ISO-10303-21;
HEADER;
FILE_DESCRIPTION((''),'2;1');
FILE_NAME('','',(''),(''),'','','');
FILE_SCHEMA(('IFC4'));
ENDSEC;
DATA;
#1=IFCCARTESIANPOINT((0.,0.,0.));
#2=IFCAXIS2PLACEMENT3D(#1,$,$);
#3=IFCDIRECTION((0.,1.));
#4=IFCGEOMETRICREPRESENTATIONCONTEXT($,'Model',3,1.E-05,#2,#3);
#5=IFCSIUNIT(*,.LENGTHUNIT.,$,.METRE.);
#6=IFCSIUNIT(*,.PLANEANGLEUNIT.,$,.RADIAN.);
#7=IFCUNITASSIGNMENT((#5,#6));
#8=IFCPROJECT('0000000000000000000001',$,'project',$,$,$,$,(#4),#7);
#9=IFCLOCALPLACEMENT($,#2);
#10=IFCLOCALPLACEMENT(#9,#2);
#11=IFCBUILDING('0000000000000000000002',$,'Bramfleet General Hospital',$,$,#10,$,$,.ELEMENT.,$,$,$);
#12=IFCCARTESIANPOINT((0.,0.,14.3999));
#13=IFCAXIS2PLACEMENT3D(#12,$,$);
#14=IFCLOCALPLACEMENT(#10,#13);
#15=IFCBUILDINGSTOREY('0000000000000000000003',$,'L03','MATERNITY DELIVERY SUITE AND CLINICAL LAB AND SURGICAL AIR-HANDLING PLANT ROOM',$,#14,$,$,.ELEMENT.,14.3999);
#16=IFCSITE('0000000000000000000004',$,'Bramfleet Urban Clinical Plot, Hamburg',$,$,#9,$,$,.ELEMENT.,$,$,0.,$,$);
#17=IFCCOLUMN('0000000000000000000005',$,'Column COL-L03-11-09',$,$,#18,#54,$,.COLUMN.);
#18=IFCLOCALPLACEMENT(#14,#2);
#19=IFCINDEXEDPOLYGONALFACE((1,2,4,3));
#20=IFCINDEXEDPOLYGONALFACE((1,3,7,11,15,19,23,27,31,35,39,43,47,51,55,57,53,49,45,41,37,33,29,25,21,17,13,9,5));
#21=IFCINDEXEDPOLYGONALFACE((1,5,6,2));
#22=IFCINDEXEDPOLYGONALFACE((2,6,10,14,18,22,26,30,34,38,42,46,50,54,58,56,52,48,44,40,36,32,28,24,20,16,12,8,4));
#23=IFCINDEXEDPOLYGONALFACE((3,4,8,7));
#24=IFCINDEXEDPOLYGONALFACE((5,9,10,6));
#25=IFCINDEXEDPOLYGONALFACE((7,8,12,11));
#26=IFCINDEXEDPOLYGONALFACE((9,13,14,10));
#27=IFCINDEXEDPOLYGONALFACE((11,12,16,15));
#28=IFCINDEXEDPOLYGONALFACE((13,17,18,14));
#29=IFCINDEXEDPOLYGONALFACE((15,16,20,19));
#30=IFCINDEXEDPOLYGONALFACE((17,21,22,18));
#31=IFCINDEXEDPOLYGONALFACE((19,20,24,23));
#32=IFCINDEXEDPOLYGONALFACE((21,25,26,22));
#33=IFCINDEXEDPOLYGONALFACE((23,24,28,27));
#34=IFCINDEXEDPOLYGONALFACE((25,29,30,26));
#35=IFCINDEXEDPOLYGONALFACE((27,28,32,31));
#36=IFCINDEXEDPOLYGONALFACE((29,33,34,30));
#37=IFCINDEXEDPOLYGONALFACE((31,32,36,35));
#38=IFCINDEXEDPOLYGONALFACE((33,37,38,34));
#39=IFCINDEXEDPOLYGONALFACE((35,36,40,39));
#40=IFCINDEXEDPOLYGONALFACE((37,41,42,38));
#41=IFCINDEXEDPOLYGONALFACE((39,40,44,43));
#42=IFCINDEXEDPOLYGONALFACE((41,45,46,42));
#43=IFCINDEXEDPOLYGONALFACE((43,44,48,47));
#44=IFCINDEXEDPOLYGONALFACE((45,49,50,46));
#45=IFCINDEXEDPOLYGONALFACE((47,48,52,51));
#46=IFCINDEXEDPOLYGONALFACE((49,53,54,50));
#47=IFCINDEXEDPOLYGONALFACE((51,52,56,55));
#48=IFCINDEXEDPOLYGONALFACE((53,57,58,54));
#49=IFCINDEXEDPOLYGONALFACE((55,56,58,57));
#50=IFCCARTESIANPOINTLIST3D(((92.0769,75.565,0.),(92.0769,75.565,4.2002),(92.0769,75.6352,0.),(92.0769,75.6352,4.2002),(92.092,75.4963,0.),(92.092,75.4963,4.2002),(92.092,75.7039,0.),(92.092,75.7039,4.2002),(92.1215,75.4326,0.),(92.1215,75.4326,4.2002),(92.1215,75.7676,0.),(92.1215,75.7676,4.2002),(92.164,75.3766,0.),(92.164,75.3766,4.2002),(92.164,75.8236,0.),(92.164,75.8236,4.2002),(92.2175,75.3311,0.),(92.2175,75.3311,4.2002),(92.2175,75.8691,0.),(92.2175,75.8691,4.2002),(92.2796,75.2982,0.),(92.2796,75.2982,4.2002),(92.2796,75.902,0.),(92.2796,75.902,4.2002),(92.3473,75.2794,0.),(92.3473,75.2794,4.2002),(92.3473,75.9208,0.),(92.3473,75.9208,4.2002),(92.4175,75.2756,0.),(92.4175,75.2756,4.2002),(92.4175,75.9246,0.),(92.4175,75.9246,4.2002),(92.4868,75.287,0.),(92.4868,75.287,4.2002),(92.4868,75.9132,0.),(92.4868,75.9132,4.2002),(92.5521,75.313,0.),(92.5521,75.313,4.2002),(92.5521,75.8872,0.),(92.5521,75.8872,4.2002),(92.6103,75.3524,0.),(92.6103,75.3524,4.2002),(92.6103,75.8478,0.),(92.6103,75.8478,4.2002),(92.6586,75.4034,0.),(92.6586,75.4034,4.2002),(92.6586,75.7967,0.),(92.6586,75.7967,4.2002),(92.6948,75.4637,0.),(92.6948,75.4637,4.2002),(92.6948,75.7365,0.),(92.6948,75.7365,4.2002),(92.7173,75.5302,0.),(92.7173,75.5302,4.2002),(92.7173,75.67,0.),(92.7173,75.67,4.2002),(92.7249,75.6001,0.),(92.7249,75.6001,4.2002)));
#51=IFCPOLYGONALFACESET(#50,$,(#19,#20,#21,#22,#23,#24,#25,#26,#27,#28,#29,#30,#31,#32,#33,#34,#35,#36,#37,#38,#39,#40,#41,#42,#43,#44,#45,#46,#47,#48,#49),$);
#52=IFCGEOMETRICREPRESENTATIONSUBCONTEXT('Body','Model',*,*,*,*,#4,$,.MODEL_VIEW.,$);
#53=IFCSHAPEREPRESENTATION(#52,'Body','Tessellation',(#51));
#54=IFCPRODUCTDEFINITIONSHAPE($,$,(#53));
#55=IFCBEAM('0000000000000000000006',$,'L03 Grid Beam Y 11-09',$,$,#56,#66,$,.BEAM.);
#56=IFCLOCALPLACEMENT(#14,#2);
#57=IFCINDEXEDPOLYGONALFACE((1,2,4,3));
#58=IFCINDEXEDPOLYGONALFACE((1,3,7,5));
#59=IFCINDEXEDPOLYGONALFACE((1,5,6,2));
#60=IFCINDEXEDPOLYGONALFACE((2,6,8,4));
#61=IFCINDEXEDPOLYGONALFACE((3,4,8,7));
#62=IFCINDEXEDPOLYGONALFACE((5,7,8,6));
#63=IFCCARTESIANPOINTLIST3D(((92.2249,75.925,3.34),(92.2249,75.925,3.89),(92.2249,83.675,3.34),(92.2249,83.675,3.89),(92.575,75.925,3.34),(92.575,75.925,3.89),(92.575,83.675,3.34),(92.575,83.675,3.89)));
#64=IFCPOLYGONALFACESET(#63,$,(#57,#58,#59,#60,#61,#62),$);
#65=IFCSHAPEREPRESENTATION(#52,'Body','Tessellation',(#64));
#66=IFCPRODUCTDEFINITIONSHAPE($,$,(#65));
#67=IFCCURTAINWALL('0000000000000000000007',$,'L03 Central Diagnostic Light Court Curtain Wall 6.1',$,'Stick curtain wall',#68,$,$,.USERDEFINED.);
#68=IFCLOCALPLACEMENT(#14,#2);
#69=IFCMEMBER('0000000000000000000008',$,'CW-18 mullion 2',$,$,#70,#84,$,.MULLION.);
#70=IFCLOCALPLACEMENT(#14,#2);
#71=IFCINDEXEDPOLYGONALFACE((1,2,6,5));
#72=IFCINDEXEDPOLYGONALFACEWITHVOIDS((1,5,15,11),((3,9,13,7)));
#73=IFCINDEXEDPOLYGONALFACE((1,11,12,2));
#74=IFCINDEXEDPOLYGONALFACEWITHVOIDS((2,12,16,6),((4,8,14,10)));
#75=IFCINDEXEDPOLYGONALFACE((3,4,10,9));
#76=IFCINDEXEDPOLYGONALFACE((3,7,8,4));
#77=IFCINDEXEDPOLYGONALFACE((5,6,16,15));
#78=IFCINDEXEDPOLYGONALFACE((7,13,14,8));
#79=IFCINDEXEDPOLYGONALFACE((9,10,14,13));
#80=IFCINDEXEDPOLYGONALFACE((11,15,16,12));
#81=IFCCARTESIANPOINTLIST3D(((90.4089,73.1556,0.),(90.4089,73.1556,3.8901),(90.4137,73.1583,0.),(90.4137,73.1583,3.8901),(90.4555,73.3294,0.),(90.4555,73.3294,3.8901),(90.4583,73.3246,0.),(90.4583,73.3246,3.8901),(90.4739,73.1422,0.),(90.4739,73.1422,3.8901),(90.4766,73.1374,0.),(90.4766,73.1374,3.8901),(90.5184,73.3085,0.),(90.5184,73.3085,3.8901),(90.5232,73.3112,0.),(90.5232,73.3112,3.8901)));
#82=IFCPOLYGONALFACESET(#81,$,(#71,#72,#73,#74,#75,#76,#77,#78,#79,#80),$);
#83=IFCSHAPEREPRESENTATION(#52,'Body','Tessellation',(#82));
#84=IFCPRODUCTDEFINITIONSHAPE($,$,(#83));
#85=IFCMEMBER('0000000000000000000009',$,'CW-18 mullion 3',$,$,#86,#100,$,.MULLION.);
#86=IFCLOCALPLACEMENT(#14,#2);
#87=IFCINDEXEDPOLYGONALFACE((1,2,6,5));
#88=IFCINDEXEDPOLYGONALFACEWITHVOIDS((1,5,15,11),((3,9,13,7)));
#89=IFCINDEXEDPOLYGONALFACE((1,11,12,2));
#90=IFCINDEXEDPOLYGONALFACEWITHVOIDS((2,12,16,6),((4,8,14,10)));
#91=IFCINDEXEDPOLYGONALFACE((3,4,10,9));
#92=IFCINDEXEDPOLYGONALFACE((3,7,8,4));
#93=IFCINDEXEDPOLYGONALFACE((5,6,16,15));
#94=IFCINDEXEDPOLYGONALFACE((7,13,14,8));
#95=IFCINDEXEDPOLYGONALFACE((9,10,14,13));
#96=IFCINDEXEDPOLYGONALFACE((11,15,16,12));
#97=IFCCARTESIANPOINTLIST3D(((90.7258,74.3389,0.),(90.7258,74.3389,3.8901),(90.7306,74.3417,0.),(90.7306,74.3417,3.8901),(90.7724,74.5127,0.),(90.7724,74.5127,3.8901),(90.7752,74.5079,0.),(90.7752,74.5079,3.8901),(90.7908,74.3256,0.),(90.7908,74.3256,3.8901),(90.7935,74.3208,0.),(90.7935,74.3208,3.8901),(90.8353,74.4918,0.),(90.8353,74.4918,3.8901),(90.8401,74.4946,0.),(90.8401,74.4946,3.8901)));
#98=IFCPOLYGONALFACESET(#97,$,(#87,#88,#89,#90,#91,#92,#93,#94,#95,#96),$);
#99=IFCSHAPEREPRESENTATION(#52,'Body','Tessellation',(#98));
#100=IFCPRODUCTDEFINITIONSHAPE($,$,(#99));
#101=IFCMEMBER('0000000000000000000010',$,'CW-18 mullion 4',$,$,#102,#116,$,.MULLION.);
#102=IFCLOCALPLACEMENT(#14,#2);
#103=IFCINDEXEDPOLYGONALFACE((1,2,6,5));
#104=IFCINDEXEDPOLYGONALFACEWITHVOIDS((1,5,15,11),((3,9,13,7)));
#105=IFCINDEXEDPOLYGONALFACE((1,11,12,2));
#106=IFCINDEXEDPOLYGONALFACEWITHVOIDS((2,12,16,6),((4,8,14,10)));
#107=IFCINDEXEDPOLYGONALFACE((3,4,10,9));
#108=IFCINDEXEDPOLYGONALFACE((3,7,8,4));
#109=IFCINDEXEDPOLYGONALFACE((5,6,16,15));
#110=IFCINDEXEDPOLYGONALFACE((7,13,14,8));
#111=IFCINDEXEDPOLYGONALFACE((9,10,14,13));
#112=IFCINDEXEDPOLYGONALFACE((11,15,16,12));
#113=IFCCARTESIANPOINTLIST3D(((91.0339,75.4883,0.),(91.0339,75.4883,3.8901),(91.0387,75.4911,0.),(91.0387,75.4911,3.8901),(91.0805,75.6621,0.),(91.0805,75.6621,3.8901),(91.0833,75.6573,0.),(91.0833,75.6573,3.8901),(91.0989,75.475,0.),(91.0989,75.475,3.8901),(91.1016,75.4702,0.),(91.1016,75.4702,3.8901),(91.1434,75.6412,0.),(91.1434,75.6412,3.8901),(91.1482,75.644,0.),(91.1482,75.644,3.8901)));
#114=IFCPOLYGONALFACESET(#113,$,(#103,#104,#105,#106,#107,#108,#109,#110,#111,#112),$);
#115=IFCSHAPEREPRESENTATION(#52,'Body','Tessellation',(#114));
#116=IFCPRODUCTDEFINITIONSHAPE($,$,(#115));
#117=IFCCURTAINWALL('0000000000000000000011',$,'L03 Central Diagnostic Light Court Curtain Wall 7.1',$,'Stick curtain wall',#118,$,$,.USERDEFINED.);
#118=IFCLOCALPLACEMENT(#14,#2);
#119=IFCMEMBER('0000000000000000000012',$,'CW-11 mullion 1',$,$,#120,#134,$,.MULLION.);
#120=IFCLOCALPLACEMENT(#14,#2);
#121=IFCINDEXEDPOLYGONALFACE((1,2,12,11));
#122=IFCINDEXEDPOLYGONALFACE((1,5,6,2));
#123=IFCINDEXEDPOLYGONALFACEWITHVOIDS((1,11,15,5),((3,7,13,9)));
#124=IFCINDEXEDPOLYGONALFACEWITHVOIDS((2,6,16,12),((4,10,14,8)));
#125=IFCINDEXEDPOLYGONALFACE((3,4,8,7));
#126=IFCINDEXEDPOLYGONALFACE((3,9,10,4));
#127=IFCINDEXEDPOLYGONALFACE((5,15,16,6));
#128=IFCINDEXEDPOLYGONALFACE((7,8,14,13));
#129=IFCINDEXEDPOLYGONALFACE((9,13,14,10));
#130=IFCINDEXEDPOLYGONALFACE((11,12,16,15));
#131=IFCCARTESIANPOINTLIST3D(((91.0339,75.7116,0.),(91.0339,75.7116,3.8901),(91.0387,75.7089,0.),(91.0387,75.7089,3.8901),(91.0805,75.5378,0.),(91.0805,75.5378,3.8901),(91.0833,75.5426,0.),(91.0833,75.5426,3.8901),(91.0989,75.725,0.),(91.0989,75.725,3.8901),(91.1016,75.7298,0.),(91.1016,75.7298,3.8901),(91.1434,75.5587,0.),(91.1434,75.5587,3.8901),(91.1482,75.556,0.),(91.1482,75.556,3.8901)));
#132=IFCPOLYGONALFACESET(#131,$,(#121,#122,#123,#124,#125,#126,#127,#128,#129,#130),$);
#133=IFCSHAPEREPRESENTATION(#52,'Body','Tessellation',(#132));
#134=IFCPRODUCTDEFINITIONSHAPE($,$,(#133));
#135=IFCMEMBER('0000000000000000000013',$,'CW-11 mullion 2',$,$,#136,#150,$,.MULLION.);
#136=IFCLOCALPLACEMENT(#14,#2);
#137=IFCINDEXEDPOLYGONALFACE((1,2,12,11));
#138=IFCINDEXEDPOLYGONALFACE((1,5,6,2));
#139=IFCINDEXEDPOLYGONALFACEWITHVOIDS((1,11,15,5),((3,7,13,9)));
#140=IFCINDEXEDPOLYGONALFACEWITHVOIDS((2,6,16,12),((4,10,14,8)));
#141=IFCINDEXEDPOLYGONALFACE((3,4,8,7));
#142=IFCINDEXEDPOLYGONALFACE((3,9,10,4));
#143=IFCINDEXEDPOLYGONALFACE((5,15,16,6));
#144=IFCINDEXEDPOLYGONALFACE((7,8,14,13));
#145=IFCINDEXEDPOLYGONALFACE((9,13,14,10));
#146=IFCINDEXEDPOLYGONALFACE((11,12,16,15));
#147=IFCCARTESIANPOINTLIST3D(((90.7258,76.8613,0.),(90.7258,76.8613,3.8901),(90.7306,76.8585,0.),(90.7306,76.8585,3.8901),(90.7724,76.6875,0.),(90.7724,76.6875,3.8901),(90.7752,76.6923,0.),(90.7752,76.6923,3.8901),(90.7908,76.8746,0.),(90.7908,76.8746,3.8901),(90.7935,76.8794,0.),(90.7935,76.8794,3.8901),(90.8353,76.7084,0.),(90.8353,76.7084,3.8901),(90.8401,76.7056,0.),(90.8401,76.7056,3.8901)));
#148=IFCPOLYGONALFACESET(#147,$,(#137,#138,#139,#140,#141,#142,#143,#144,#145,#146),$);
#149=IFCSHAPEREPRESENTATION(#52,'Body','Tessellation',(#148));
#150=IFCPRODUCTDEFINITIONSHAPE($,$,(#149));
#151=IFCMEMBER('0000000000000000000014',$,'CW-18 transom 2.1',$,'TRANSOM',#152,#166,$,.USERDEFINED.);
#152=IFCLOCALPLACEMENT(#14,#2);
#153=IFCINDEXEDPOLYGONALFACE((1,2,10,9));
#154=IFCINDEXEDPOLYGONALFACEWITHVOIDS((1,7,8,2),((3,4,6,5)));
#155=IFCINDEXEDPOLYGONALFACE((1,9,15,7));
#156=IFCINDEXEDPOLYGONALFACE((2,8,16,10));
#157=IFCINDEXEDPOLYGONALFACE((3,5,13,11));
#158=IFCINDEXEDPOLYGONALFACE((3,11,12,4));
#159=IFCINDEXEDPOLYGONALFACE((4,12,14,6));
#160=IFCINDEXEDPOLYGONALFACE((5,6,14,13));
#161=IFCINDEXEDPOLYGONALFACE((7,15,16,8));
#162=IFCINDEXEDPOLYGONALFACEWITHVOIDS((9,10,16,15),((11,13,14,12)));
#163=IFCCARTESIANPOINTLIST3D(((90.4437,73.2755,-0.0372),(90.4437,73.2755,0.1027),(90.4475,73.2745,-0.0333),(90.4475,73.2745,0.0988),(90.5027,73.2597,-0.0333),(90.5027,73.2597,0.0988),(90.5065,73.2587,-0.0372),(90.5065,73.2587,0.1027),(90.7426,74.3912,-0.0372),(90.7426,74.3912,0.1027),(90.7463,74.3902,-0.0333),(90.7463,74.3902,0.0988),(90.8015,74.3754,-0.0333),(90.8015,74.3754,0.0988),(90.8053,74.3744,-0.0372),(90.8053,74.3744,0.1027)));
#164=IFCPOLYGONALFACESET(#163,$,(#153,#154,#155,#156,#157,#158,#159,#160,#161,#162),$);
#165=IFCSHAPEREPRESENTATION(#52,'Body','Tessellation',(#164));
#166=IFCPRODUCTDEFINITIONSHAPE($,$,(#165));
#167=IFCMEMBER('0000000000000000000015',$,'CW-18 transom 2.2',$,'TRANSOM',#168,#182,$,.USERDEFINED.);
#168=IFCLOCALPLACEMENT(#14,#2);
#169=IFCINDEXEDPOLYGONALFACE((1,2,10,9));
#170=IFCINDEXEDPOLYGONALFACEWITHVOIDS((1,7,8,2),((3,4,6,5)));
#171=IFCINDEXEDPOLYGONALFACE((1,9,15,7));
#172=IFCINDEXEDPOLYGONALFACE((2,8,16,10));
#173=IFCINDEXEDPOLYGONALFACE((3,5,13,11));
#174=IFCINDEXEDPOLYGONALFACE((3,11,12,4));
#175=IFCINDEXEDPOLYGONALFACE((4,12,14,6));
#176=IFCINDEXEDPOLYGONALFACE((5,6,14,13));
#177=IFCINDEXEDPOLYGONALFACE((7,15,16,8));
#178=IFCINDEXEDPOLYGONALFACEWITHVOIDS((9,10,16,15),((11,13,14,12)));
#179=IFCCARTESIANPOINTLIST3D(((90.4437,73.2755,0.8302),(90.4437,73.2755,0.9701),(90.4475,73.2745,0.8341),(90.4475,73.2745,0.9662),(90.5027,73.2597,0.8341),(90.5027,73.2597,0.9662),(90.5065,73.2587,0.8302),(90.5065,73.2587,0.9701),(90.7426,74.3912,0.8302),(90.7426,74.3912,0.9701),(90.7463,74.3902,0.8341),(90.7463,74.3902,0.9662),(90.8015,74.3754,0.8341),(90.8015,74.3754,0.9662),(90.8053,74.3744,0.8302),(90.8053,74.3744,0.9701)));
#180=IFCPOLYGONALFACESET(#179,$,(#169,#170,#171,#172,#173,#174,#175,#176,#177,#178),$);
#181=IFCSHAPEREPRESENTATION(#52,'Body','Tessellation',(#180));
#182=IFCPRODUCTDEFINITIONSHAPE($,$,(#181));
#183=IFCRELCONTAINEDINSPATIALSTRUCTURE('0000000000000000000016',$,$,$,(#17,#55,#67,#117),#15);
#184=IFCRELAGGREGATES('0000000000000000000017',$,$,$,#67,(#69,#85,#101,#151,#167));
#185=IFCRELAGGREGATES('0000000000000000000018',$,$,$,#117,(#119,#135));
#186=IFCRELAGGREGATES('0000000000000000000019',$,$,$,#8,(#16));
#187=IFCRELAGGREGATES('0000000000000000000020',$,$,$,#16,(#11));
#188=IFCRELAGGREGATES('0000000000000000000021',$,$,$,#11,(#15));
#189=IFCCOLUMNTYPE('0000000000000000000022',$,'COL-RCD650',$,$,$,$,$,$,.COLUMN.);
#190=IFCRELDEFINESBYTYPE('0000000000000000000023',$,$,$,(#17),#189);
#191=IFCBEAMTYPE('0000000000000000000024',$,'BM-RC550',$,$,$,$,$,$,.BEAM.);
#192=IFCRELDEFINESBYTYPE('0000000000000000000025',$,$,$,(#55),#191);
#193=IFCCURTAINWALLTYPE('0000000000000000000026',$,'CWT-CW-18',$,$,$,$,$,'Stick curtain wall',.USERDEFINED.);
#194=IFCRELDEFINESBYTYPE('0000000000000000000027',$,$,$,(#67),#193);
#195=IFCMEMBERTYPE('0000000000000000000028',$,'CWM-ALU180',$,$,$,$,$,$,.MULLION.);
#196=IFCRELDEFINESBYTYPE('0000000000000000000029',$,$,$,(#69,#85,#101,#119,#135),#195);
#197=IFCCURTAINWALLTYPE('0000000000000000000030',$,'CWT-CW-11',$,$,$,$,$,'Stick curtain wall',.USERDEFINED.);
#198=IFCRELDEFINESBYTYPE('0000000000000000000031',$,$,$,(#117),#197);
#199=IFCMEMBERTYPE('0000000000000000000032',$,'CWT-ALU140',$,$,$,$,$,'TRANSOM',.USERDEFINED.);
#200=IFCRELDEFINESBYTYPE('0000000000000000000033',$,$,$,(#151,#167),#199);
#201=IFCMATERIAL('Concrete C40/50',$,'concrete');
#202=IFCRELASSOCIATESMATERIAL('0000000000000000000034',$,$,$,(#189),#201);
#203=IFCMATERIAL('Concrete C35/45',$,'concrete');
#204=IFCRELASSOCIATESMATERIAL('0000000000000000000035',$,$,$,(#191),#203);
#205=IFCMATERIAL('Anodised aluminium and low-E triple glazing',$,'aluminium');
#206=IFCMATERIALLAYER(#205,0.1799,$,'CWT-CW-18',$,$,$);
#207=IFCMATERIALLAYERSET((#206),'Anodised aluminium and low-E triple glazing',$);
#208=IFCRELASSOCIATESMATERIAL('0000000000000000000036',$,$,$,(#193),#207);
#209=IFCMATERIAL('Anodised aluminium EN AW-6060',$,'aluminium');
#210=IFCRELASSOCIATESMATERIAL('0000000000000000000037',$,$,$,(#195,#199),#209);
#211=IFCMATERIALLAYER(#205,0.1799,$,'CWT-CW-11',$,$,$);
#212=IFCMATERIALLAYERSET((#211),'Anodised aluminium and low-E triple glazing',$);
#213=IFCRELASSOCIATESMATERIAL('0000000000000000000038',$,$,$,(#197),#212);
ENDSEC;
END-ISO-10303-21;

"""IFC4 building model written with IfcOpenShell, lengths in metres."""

from ifc_helpers import new_model, si_unit, direction, frame, origin, origin_2d, place, context, subcontext, project, spatial, rectangle, hollow_rectangle, circle, extrude, material, layer, layer_set, material_profile, profile_set, type_object, element, aggregate, save


model = new_model("IFC4")

# Units and contexts
model_context = context("Model", 3, precision=1e-05, world=origin(), true_north=direction((0.0, 1.0)))
body_context = subcontext(model_context, "Body", "Model", "MODEL_VIEW")
ifc_project = project(units=[si_unit("LENGTHUNIT", "METRE"), si_unit("PLANEANGLEUNIT", "RADIAN")], contexts=[model_context])

# Site, building, storey
site_placement = place(None, origin())
site = spatial("IfcSite", under=ifc_project, at=site_placement, Name="Bramfleet Urban Clinical Plot, Hamburg", CompositionType="ELEMENT", RefElevation=0.0)
building_placement = place(site_placement, origin())
building = spatial("IfcBuilding", under=site, at=building_placement, Name="Bramfleet General Hospital", CompositionType="ELEMENT")
storey_placement = place(building_placement, frame((0.0, 0.0, 14.3999)))
storey = spatial("IfcBuildingStorey", under=building, at=storey_placement, Name="L03", Description="MATERNITY DELIVERY SUITE AND CLINICAL LAB AND SURGICAL AIR-HANDLING PLANT ROOM", CompositionType="ELEMENT", Elevation=14.3999)

# Column
ifc_material_1 = material(Name="Concrete C40/50", Category="concrete")
ifc_material_profile_1 = material_profile(ifc_material_1, circle(Radius=0.325, at=origin_2d()), Name="RC ROUND D650")
ifc_profile_set_1 = profile_set([ifc_material_profile_1], Name="Concrete C40/50")
column_type = type_object("IfcColumnType", Name="COL-RCD650", PredefinedType="COLUMN", material=ifc_profile_set_1)
column_placement = place(storey_placement, frame((92.3999, 75.6001, 0.0), z_axis=(0.0, 0.0, 1.0), x_axis=(1.0, 0.0, 0.0)))
element("IfcColumn", 1, at=column_placement, inside=storey, type_object=column_type, Name="Column COL-L03-11-09", PredefinedType="COLUMN", context=body_context, shape_type="SweptSolid", body=[
    extrude(circle(Radius=0.325, at=origin_2d()), origin(), (0.0, 0.0, 1.0), 4.2002),
])

# Beam
ifc_material_2 = material(Name="Concrete C35/45", Category="concrete")
ifc_material_profile_2 = material_profile(ifc_material_2, rectangle(XDim=0.3501, YDim=0.55, at=origin_2d()), Name="RC BM 550x350")
ifc_profile_set_2 = profile_set([ifc_material_profile_2], Name="Concrete C35/45")
beam_type = type_object("IfcBeamType", Name="BM-RC550", PredefinedType="BEAM", material=ifc_profile_set_2)
beam_placement = place(storey_placement, frame((92.3999, 75.925, 3.615), z_axis=(0.0, 1.0, 0.0), x_axis=(-1.0, 0.0, 0.0)))
element("IfcBeam", 2, at=beam_placement, inside=storey, type_object=beam_type, Name="L03 Grid Beam Y 11-09", PredefinedType="BEAM", context=body_context, shape_type="SweptSolid", body=[
    extrude(rectangle(XDim=0.3501, YDim=0.55, at=origin_2d()), origin(), (0.0, 0.0, 1.0), 7.75),
])

# Curtain walls, members
ifc_material_3 = material(Name="Anodised aluminium and low-E triple glazing", Category="aluminium")
ifc_layer_1 = layer(ifc_material_3, 0.1799, Name="CWT-CW-18")
ifc_layer_set_1 = layer_set([ifc_layer_1], Name="Anodised aluminium and low-E triple glazing")
curtain_wall_type_1 = type_object("IfcCurtainWallType", Name="CWT-CW-18", ElementType="Stick curtain wall", PredefinedType="USERDEFINED", material=ifc_layer_set_1)
curtain_wall_1_placement = place(storey_placement, origin())
curtain_wall_1 = element("IfcCurtainWall", 3, at=curtain_wall_1_placement, inside=storey, type_object=curtain_wall_type_1, Name="L03 Central Diagnostic Light Court Curtain Wall 6.1", ObjectType="Stick curtain wall", PredefinedType="USERDEFINED")
ifc_material_4 = material(Name="Anodised aluminium EN AW-6060", Category="aluminium")
ifc_material_profile_3 = material_profile(ifc_material_4, hollow_rectangle(XDim=0.0701, YDim=0.1799, WallThickness=0.0039, at=origin_2d()), Name="ALU 180x70x4.0")
ifc_profile_set_3 = profile_set([ifc_material_profile_3], Name="Anodised aluminium EN AW-6060")
member_type_1 = type_object("IfcMemberType", Name="CWM-ALU180", PredefinedType="MULLION", material=ifc_profile_set_3)
member_1_placement = place(storey_placement, frame((90.4661, 73.2334, 0.0), z_axis=(0.0, 0.0, 1.0), x_axis=(-0.965941, 0.258763, 0.0)))
member_1 = element("IfcMember", 4, at=member_1_placement, type_object=member_type_1, Name="CW-18 mullion 2", PredefinedType="MULLION", context=body_context, shape_type="SweptSolid", body=[
    extrude(hollow_rectangle(XDim=0.0701, YDim=0.1799, WallThickness=0.0039, at=origin_2d()), origin(), (0.0, 0.0, 1.0), 3.8901),
])
member_2_placement = place(storey_placement, frame((90.783, 74.4167, 0.0), z_axis=(0.0, 0.0, 1.0), x_axis=(-0.965941, 0.258763, 0.0)))
member_2 = element("IfcMember", 5, at=member_2_placement, type_object=member_type_1, Name="CW-18 mullion 3", PredefinedType="MULLION", context=body_context, shape_type="SweptSolid", body=[
    extrude(hollow_rectangle(XDim=0.0701, YDim=0.1799, WallThickness=0.0039, at=origin_2d()), origin(), (0.0, 0.0, 1.0), 3.8901),
])
member_3_placement = place(storey_placement, frame((91.0911, 75.5662, 0.0), z_axis=(0.0, 0.0, 1.0), x_axis=(-0.965941, 0.258763, 0.0)))
member_3 = element("IfcMember", 6, at=member_3_placement, type_object=member_type_1, Name="CW-18 mullion 4", PredefinedType="MULLION", context=body_context, shape_type="SweptSolid", body=[
    extrude(hollow_rectangle(XDim=0.0701, YDim=0.1799, WallThickness=0.0039, at=origin_2d()), origin(), (0.0, 0.0, 1.0), 3.8901),
])
ifc_layer_2 = layer(ifc_material_3, 0.1799, Name="CWT-CW-11")
ifc_layer_set_2 = layer_set([ifc_layer_2], Name="Anodised aluminium and low-E triple glazing")
curtain_wall_type_2 = type_object("IfcCurtainWallType", Name="CWT-CW-11", ElementType="Stick curtain wall", PredefinedType="USERDEFINED", material=ifc_layer_set_2)
curtain_wall_2_placement = place(storey_placement, origin())
curtain_wall_2 = element("IfcCurtainWall", 7, at=curtain_wall_2_placement, inside=storey, type_object=curtain_wall_type_2, Name="L03 Central Diagnostic Light Court Curtain Wall 7.1", ObjectType="Stick curtain wall", PredefinedType="USERDEFINED")
member_4_placement = place(storey_placement, frame((91.0911, 75.6338, 0.0), z_axis=(0.0, 0.0, 1.0), x_axis=(-0.965941, -0.258763, 0.0)))
member_4 = element("IfcMember", 8, at=member_4_placement, type_object=member_type_1, Name="CW-11 mullion 1", PredefinedType="MULLION", context=body_context, shape_type="SweptSolid", body=[
    extrude(hollow_rectangle(XDim=0.0701, YDim=0.1799, WallThickness=0.0039, at=origin_2d()), origin(), (0.0, 0.0, 1.0), 3.8901),
])
member_5_placement = place(storey_placement, frame((90.783, 76.7834, 0.0), z_axis=(0.0, 0.0, 1.0), x_axis=(-0.965941, -0.258763, 0.0)))
member_5 = element("IfcMember", 9, at=member_5_placement, type_object=member_type_1, Name="CW-11 mullion 2", PredefinedType="MULLION", context=body_context, shape_type="SweptSolid", body=[
    extrude(hollow_rectangle(XDim=0.0701, YDim=0.1799, WallThickness=0.0039, at=origin_2d()), origin(), (0.0, 0.0, 1.0), 3.8901),
])

# Members
ifc_material_profile_4 = material_profile(ifc_material_4, hollow_rectangle(XDim=0.0649, YDim=0.1399, WallThickness=0.0039, at=origin_2d()), Name="ALU 140x65x4.0")
ifc_profile_set_4 = profile_set([ifc_material_profile_4], Name="Anodised aluminium EN AW-6060")
member_type_2 = type_object("IfcMemberType", Name="CWT-ALU140", ElementType="TRANSOM", PredefinedType="USERDEFINED", material=ifc_profile_set_4)
member_6_placement = place(storey_placement, frame((90.4751, 73.2671, 0.0327), z_axis=(0.258715, 0.965954, 0.0), x_axis=(-0.965954, 0.258715, 0.0)))
member_6 = element("IfcMember", 10, at=member_6_placement, type_object=member_type_2, Name="CW-18 transom 2.1", ObjectType="TRANSOM", PredefinedType="USERDEFINED", context=body_context, shape_type="SweptSolid", body=[
    extrude(hollow_rectangle(XDim=0.0649, YDim=0.1399, WallThickness=0.0039, at=origin_2d()), origin(), (0.0, 0.0, 1.0), 1.155),
])
member_7_placement = place(storey_placement, frame((90.4751, 73.2671, 0.9001), z_axis=(0.258715, 0.965954, 0.0), x_axis=(-0.965954, 0.258715, 0.0)))
member_7 = element("IfcMember", 11, at=member_7_placement, type_object=member_type_2, Name="CW-18 transom 2.2", ObjectType="TRANSOM", PredefinedType="USERDEFINED", context=body_context, shape_type="SweptSolid", body=[
    extrude(hollow_rectangle(XDim=0.0649, YDim=0.1399, WallThickness=0.0039, at=origin_2d()), origin(), (0.0, 0.0, 1.0), 1.155),
])

aggregate(curtain_wall_1, [member_1, member_2, member_3, member_6, member_7])
aggregate(curtain_wall_2, [member_4, member_5])

save(model, "model.ifc")
